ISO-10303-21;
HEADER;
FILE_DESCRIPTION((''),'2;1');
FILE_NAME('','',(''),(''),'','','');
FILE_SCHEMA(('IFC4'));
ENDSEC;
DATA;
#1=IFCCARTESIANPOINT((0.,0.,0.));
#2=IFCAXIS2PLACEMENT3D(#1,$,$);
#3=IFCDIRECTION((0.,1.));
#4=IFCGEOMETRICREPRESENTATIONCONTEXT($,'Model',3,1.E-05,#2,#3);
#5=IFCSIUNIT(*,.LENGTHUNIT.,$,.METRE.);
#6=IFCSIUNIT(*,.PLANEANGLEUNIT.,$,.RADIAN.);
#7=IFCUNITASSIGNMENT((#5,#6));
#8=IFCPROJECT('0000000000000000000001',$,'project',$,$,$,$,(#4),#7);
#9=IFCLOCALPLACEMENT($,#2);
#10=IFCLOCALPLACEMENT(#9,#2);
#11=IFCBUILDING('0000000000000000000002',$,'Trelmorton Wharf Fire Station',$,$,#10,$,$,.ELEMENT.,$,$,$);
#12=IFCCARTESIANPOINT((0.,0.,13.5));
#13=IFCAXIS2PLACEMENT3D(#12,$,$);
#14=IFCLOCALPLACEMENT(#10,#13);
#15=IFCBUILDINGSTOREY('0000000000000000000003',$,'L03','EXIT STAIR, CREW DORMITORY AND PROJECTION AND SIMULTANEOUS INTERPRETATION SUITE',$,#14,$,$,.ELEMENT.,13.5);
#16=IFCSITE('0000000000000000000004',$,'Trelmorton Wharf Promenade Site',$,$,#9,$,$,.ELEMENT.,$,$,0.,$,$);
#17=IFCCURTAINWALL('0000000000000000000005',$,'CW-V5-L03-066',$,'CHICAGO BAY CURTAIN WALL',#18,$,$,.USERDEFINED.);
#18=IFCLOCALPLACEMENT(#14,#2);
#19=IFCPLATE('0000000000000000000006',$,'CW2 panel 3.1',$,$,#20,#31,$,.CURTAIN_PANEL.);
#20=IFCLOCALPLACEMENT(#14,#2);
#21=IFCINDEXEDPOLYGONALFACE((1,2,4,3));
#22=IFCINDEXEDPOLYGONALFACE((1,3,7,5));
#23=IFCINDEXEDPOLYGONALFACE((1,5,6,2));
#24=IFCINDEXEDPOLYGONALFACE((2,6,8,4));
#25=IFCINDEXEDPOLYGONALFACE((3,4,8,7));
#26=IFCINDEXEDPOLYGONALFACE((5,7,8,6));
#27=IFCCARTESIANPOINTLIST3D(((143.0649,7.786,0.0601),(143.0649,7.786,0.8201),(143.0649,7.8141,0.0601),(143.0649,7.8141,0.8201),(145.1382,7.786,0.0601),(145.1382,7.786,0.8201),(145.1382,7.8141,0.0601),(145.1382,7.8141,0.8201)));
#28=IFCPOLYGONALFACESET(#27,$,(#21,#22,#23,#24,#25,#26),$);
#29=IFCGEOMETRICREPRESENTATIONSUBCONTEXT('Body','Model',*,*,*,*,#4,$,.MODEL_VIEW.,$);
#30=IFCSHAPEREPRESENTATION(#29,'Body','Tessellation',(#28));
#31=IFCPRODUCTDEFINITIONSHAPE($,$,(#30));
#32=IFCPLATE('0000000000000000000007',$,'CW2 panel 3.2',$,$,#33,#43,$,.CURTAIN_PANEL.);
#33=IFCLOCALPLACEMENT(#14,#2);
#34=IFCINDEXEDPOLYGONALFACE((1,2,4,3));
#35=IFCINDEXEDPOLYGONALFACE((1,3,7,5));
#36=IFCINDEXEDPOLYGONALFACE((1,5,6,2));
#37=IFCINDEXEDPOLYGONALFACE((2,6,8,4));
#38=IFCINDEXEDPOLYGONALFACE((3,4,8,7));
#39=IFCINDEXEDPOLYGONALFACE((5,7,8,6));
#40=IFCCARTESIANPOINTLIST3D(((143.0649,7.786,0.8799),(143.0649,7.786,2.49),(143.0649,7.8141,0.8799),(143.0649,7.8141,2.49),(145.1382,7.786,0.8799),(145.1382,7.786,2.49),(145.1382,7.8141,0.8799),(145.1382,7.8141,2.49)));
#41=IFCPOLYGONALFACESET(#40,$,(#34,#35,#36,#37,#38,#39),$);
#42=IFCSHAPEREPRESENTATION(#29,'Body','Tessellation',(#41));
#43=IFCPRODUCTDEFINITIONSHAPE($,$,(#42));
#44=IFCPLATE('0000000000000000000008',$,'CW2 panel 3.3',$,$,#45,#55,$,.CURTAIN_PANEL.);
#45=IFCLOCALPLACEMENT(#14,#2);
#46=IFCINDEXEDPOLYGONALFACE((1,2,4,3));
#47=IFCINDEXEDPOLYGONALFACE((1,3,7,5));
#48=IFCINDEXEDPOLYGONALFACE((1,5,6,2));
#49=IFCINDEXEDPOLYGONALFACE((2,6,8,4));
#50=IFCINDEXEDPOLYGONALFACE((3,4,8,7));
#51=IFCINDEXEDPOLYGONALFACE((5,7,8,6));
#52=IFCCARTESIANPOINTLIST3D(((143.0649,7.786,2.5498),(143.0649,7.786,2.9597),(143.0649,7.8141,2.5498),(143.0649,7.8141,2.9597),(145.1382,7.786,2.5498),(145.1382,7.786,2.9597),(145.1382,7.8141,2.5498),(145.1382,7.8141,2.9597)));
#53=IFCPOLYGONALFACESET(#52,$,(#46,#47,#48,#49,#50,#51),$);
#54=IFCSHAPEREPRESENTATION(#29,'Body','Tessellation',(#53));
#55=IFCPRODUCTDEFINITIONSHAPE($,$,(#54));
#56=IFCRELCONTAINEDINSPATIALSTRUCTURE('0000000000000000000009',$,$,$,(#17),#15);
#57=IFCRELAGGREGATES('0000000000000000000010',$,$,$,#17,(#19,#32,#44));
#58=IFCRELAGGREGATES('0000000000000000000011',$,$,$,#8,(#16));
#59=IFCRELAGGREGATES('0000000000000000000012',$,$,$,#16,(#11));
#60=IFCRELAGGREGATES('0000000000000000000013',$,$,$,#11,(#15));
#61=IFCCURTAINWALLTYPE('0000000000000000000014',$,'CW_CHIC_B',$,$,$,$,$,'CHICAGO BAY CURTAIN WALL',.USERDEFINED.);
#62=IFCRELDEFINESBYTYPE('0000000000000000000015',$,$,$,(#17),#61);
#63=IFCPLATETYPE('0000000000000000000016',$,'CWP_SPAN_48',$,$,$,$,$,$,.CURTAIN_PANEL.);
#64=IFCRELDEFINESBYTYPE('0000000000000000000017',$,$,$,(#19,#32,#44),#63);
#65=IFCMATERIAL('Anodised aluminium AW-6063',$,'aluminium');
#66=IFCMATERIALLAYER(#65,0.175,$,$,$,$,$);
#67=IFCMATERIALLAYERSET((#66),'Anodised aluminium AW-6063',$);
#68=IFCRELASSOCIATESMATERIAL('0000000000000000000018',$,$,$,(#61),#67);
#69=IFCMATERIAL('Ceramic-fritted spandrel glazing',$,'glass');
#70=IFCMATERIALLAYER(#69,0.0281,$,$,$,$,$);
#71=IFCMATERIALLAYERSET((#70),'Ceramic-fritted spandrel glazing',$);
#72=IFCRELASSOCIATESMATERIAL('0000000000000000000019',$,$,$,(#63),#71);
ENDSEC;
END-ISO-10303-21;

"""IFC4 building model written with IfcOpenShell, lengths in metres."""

from ifc_helpers import new_model, si_unit, direction, frame, origin, origin_2d, place, context, subcontext, project, spatial, rectangle, extrude, material, layer, layer_set, type_object, element, aggregate, save


model = new_model("IFC4")

# Units and contexts
model_context = context("Model", 3, precision=1e-05, world=origin(), true_north=direction((0.0, 1.0)))
body_context = subcontext(model_context, "Body", "Model", "MODEL_VIEW")
ifc_project = project(units=[si_unit("LENGTHUNIT", "METRE"), si_unit("PLANEANGLEUNIT", "RADIAN")], contexts=[model_context])

# Site, building, storey
site_placement = place(None, origin())
site = spatial("IfcSite", under=ifc_project, at=site_placement, Name="Trelmorton Wharf Promenade Site", CompositionType="ELEMENT", RefElevation=0.0)
building_placement = place(site_placement, origin())
building = spatial("IfcBuilding", under=site, at=building_placement, Name="Trelmorton Wharf Fire Station", CompositionType="ELEMENT")
storey_placement = place(building_placement, frame((0.0, 0.0, 13.5)))
storey = spatial("IfcBuildingStorey", under=building, at=storey_placement, Name="L03", Description="EXIT STAIR, CREW DORMITORY AND PROJECTION AND SIMULTANEOUS INTERPRETATION SUITE", CompositionType="ELEMENT", Elevation=13.5)

# Shared definitions
ifc_material_1 = material(Name="Anodised aluminium AW-6063", Category="aluminium")

# Curtain wall
ifc_layer_1 = layer(ifc_material_1, 0.175)
ifc_layer_set_1 = layer_set([ifc_layer_1], Name="Anodised aluminium AW-6063")
curtain_wall_type_1 = type_object("IfcCurtainWallType", Name="CW_CHIC_B", ElementType="CHICAGO BAY CURTAIN WALL", PredefinedType="USERDEFINED", material=ifc_layer_set_1)
curtain_wall_1_placement = place(storey_placement, origin())
curtain_wall_1 = element("IfcCurtainWall", 1, at=curtain_wall_1_placement, inside=storey, type_object=curtain_wall_type_1, Name="CW-V5-L03-066", ObjectType="CHICAGO BAY CURTAIN WALL", PredefinedType="USERDEFINED")

# Plates
ifc_material_2 = material(Name="Ceramic-fritted spandrel glazing", Category="glass")
ifc_layer_2 = layer(ifc_material_2, 0.0281)
ifc_layer_set_2 = layer_set([ifc_layer_2], Name="Ceramic-fritted spandrel glazing")
plate_type = type_object("IfcPlateType", Name="CWP_SPAN_48", PredefinedType="CURTAIN_PANEL", material=ifc_layer_set_2)
plate_1_placement = place(storey_placement, frame((144.1016, 7.8, 0.0601), z_axis=(0.0, 0.0, 1.0), x_axis=(-1.0, 0.0, 0.0)))
plate_1 = element("IfcPlate", 2, at=plate_1_placement, type_object=plate_type, Name="CW2 panel 3.1", PredefinedType="CURTAIN_PANEL", context=body_context, shape_type="SweptSolid", body=[
    extrude(rectangle(XDim=2.0732, YDim=0.0281, at=origin_2d()), origin(), (0.0, 0.0, 1.0), 0.76),
])
plate_2_placement = place(storey_placement, frame((144.1016, 7.8, 0.8799), z_axis=(0.0, 0.0, 1.0), x_axis=(-1.0, 0.0, 0.0)))
plate_2 = element("IfcPlate", 3, at=plate_2_placement, type_object=plate_type, Name="CW2 panel 3.2", PredefinedType="CURTAIN_PANEL", context=body_context, shape_type="SweptSolid", body=[
    extrude(rectangle(XDim=2.0732, YDim=0.0281, at=origin_2d()), origin(), (0.0, 0.0, 1.0), 1.6101),
])
plate_3_placement = place(storey_placement, frame((144.1016, 7.8, 2.5498), z_axis=(0.0, 0.0, 1.0), x_axis=(-1.0, 0.0, 0.0)))
plate_3 = element("IfcPlate", 4, at=plate_3_placement, type_object=plate_type, Name="CW2 panel 3.3", PredefinedType="CURTAIN_PANEL", context=body_context, shape_type="SweptSolid", body=[
    extrude(rectangle(XDim=2.0732, YDim=0.0281, at=origin_2d()), origin(), (0.0, 0.0, 1.0), 0.4099),
])
aggregate(curtain_wall_1, [plate_1, plate_2, plate_3])

save(model, "model.ifc")
